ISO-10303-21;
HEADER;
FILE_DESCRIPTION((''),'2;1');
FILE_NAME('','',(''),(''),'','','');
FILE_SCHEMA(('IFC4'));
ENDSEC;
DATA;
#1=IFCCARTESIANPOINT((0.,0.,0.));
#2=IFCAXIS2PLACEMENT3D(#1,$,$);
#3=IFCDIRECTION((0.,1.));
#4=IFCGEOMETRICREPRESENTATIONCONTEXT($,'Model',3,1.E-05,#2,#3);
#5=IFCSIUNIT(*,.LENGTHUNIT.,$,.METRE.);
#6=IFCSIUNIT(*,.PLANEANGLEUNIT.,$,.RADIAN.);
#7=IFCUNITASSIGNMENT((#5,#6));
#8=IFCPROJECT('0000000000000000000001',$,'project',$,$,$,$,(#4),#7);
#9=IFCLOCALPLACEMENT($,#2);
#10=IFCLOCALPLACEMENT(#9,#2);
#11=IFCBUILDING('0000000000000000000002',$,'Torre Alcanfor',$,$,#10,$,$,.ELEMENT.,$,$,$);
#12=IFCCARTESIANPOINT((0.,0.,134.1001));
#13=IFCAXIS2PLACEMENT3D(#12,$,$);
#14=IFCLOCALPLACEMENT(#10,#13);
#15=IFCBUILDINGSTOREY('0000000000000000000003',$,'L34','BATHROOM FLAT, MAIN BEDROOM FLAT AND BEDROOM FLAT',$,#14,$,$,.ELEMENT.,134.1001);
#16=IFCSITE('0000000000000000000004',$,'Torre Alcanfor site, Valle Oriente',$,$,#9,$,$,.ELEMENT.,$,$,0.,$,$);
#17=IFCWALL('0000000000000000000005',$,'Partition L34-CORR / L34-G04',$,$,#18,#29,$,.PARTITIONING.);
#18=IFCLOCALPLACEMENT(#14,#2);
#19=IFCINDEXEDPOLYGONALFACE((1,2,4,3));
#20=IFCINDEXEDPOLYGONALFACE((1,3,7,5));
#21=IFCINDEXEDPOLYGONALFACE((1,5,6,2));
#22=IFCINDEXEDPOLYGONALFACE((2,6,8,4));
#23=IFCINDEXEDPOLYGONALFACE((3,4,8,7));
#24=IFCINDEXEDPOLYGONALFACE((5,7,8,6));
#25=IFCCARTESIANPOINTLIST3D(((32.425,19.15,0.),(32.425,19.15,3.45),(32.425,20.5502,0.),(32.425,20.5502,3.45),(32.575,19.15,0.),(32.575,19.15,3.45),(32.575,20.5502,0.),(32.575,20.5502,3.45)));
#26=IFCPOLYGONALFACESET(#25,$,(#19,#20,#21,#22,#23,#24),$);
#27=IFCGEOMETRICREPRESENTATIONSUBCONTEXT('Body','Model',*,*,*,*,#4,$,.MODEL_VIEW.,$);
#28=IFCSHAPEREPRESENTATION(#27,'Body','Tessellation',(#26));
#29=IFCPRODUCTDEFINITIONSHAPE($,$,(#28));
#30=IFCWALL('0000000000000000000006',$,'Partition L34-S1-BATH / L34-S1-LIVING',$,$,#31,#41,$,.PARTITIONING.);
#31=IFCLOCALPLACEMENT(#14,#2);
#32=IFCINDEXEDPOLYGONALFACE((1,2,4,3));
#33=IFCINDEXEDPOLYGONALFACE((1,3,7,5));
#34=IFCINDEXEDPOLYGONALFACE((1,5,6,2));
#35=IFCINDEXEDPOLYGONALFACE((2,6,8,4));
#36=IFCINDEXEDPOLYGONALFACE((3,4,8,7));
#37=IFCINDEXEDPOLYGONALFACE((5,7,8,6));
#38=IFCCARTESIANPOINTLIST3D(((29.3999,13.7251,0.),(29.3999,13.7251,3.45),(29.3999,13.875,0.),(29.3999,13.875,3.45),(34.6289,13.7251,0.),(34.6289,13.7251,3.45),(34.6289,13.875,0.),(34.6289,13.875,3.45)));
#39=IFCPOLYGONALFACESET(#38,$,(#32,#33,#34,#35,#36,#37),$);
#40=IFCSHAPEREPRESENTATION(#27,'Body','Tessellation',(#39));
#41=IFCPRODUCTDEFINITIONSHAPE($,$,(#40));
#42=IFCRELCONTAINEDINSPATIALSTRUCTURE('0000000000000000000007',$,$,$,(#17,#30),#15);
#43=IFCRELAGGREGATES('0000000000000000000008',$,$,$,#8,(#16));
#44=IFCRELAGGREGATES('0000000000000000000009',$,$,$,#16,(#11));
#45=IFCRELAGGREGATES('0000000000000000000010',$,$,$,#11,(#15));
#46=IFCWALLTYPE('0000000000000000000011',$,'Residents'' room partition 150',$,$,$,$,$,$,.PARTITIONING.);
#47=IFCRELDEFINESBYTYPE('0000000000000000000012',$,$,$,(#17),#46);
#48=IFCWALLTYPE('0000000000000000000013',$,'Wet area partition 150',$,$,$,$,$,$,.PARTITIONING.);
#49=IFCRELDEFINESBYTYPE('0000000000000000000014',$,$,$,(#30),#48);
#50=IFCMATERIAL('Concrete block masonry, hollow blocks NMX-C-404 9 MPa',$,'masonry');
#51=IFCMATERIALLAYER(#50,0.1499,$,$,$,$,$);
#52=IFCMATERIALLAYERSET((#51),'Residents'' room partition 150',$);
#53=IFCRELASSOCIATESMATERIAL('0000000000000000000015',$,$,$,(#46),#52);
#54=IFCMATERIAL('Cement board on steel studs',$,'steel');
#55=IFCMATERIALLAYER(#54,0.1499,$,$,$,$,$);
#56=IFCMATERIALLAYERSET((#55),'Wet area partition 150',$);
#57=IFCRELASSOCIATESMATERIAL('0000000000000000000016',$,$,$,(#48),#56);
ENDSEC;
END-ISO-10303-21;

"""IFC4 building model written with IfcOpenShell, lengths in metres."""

from ifc_helpers import new_model, si_unit, direction, frame, frame_2d, origin, place, context, subcontext, project, spatial, rectangle, extrude, material, layer, layer_set, type_object, element, save


model = new_model("IFC4")

# Units and contexts
model_context = context("Model", 3, precision=1e-05, world=origin(), true_north=direction((0.0, 1.0)))
body_context = subcontext(model_context, "Body", "Model", "MODEL_VIEW")
ifc_project = project(units=[si_unit("LENGTHUNIT", "METRE"), si_unit("PLANEANGLEUNIT", "RADIAN")], contexts=[model_context])

# Site, building, storey
site_placement = place(None, origin())
site = spatial("IfcSite", under=ifc_project, at=site_placement, Name="Torre Alcanfor site, Valle Oriente", CompositionType="ELEMENT", RefElevation=0.0)
building_placement = place(site_placement, origin())
building = spatial("IfcBuilding", under=site, at=building_placement, Name="Torre Alcanfor", CompositionType="ELEMENT")
storey_placement = place(building_placement, frame((0.0, 0.0, 134.1001)))
storey = spatial("IfcBuildingStorey", under=building, at=storey_placement, Name="L34", Description="BATHROOM FLAT, MAIN BEDROOM FLAT AND BEDROOM FLAT", CompositionType="ELEMENT", Elevation=134.1001)

# Walls
ifc_material_1 = material(Name="Concrete block masonry, hollow blocks NMX-C-404 9 MPa", Category="masonry")
ifc_layer_1 = layer(ifc_material_1, 0.1499)
ifc_layer_set_1 = layer_set([ifc_layer_1], Name="Residents' room partition 150")
wall_type_1 = type_object("IfcWallType", Name="Residents' room partition 150", PredefinedType="PARTITIONING", material=ifc_layer_set_1)
wall_1_placement = place(storey_placement, frame((32.5, 19.1499, 0.0), z_axis=(0.0, 0.0, 1.0), x_axis=(0.0, 1.0, 0.0)))
element("IfcWall", 1, at=wall_1_placement, inside=storey, type_object=wall_type_1, Name="Partition L34-CORR / L34-G04", PredefinedType="PARTITIONING", context=body_context, shape_type="SweptSolid", body=[
    extrude(rectangle(XDim=1.4001, YDim=0.1499, at=frame_2d((0.7002, 0.0))), origin(), (0.0, 0.0, 1.0), 3.45),
])
ifc_material_2 = material(Name="Cement board on steel studs", Category="steel")
ifc_layer_2 = layer(ifc_material_2, 0.1499)
ifc_layer_set_2 = layer_set([ifc_layer_2], Name="Wet area partition 150")
wall_type_2 = type_object("IfcWallType", Name="Wet area partition 150", PredefinedType="PARTITIONING", material=ifc_layer_set_2)
wall_2_placement = place(storey_placement, frame((34.6289, 13.8, 0.0), z_axis=(0.0, 0.0, 1.0), x_axis=(-1.0, 0.0, 0.0)))
element("IfcWall", 2, at=wall_2_placement, inside=storey, type_object=wall_type_2, Name="Partition L34-S1-BATH / L34-S1-LIVING", PredefinedType="PARTITIONING", context=body_context, shape_type="SweptSolid", body=[
    extrude(rectangle(XDim=5.229, YDim=0.1499, at=frame_2d((2.6145, 0.0))), origin(), (0.0, 0.0, 1.0), 3.45),
])

save(model, "model.ifc")
